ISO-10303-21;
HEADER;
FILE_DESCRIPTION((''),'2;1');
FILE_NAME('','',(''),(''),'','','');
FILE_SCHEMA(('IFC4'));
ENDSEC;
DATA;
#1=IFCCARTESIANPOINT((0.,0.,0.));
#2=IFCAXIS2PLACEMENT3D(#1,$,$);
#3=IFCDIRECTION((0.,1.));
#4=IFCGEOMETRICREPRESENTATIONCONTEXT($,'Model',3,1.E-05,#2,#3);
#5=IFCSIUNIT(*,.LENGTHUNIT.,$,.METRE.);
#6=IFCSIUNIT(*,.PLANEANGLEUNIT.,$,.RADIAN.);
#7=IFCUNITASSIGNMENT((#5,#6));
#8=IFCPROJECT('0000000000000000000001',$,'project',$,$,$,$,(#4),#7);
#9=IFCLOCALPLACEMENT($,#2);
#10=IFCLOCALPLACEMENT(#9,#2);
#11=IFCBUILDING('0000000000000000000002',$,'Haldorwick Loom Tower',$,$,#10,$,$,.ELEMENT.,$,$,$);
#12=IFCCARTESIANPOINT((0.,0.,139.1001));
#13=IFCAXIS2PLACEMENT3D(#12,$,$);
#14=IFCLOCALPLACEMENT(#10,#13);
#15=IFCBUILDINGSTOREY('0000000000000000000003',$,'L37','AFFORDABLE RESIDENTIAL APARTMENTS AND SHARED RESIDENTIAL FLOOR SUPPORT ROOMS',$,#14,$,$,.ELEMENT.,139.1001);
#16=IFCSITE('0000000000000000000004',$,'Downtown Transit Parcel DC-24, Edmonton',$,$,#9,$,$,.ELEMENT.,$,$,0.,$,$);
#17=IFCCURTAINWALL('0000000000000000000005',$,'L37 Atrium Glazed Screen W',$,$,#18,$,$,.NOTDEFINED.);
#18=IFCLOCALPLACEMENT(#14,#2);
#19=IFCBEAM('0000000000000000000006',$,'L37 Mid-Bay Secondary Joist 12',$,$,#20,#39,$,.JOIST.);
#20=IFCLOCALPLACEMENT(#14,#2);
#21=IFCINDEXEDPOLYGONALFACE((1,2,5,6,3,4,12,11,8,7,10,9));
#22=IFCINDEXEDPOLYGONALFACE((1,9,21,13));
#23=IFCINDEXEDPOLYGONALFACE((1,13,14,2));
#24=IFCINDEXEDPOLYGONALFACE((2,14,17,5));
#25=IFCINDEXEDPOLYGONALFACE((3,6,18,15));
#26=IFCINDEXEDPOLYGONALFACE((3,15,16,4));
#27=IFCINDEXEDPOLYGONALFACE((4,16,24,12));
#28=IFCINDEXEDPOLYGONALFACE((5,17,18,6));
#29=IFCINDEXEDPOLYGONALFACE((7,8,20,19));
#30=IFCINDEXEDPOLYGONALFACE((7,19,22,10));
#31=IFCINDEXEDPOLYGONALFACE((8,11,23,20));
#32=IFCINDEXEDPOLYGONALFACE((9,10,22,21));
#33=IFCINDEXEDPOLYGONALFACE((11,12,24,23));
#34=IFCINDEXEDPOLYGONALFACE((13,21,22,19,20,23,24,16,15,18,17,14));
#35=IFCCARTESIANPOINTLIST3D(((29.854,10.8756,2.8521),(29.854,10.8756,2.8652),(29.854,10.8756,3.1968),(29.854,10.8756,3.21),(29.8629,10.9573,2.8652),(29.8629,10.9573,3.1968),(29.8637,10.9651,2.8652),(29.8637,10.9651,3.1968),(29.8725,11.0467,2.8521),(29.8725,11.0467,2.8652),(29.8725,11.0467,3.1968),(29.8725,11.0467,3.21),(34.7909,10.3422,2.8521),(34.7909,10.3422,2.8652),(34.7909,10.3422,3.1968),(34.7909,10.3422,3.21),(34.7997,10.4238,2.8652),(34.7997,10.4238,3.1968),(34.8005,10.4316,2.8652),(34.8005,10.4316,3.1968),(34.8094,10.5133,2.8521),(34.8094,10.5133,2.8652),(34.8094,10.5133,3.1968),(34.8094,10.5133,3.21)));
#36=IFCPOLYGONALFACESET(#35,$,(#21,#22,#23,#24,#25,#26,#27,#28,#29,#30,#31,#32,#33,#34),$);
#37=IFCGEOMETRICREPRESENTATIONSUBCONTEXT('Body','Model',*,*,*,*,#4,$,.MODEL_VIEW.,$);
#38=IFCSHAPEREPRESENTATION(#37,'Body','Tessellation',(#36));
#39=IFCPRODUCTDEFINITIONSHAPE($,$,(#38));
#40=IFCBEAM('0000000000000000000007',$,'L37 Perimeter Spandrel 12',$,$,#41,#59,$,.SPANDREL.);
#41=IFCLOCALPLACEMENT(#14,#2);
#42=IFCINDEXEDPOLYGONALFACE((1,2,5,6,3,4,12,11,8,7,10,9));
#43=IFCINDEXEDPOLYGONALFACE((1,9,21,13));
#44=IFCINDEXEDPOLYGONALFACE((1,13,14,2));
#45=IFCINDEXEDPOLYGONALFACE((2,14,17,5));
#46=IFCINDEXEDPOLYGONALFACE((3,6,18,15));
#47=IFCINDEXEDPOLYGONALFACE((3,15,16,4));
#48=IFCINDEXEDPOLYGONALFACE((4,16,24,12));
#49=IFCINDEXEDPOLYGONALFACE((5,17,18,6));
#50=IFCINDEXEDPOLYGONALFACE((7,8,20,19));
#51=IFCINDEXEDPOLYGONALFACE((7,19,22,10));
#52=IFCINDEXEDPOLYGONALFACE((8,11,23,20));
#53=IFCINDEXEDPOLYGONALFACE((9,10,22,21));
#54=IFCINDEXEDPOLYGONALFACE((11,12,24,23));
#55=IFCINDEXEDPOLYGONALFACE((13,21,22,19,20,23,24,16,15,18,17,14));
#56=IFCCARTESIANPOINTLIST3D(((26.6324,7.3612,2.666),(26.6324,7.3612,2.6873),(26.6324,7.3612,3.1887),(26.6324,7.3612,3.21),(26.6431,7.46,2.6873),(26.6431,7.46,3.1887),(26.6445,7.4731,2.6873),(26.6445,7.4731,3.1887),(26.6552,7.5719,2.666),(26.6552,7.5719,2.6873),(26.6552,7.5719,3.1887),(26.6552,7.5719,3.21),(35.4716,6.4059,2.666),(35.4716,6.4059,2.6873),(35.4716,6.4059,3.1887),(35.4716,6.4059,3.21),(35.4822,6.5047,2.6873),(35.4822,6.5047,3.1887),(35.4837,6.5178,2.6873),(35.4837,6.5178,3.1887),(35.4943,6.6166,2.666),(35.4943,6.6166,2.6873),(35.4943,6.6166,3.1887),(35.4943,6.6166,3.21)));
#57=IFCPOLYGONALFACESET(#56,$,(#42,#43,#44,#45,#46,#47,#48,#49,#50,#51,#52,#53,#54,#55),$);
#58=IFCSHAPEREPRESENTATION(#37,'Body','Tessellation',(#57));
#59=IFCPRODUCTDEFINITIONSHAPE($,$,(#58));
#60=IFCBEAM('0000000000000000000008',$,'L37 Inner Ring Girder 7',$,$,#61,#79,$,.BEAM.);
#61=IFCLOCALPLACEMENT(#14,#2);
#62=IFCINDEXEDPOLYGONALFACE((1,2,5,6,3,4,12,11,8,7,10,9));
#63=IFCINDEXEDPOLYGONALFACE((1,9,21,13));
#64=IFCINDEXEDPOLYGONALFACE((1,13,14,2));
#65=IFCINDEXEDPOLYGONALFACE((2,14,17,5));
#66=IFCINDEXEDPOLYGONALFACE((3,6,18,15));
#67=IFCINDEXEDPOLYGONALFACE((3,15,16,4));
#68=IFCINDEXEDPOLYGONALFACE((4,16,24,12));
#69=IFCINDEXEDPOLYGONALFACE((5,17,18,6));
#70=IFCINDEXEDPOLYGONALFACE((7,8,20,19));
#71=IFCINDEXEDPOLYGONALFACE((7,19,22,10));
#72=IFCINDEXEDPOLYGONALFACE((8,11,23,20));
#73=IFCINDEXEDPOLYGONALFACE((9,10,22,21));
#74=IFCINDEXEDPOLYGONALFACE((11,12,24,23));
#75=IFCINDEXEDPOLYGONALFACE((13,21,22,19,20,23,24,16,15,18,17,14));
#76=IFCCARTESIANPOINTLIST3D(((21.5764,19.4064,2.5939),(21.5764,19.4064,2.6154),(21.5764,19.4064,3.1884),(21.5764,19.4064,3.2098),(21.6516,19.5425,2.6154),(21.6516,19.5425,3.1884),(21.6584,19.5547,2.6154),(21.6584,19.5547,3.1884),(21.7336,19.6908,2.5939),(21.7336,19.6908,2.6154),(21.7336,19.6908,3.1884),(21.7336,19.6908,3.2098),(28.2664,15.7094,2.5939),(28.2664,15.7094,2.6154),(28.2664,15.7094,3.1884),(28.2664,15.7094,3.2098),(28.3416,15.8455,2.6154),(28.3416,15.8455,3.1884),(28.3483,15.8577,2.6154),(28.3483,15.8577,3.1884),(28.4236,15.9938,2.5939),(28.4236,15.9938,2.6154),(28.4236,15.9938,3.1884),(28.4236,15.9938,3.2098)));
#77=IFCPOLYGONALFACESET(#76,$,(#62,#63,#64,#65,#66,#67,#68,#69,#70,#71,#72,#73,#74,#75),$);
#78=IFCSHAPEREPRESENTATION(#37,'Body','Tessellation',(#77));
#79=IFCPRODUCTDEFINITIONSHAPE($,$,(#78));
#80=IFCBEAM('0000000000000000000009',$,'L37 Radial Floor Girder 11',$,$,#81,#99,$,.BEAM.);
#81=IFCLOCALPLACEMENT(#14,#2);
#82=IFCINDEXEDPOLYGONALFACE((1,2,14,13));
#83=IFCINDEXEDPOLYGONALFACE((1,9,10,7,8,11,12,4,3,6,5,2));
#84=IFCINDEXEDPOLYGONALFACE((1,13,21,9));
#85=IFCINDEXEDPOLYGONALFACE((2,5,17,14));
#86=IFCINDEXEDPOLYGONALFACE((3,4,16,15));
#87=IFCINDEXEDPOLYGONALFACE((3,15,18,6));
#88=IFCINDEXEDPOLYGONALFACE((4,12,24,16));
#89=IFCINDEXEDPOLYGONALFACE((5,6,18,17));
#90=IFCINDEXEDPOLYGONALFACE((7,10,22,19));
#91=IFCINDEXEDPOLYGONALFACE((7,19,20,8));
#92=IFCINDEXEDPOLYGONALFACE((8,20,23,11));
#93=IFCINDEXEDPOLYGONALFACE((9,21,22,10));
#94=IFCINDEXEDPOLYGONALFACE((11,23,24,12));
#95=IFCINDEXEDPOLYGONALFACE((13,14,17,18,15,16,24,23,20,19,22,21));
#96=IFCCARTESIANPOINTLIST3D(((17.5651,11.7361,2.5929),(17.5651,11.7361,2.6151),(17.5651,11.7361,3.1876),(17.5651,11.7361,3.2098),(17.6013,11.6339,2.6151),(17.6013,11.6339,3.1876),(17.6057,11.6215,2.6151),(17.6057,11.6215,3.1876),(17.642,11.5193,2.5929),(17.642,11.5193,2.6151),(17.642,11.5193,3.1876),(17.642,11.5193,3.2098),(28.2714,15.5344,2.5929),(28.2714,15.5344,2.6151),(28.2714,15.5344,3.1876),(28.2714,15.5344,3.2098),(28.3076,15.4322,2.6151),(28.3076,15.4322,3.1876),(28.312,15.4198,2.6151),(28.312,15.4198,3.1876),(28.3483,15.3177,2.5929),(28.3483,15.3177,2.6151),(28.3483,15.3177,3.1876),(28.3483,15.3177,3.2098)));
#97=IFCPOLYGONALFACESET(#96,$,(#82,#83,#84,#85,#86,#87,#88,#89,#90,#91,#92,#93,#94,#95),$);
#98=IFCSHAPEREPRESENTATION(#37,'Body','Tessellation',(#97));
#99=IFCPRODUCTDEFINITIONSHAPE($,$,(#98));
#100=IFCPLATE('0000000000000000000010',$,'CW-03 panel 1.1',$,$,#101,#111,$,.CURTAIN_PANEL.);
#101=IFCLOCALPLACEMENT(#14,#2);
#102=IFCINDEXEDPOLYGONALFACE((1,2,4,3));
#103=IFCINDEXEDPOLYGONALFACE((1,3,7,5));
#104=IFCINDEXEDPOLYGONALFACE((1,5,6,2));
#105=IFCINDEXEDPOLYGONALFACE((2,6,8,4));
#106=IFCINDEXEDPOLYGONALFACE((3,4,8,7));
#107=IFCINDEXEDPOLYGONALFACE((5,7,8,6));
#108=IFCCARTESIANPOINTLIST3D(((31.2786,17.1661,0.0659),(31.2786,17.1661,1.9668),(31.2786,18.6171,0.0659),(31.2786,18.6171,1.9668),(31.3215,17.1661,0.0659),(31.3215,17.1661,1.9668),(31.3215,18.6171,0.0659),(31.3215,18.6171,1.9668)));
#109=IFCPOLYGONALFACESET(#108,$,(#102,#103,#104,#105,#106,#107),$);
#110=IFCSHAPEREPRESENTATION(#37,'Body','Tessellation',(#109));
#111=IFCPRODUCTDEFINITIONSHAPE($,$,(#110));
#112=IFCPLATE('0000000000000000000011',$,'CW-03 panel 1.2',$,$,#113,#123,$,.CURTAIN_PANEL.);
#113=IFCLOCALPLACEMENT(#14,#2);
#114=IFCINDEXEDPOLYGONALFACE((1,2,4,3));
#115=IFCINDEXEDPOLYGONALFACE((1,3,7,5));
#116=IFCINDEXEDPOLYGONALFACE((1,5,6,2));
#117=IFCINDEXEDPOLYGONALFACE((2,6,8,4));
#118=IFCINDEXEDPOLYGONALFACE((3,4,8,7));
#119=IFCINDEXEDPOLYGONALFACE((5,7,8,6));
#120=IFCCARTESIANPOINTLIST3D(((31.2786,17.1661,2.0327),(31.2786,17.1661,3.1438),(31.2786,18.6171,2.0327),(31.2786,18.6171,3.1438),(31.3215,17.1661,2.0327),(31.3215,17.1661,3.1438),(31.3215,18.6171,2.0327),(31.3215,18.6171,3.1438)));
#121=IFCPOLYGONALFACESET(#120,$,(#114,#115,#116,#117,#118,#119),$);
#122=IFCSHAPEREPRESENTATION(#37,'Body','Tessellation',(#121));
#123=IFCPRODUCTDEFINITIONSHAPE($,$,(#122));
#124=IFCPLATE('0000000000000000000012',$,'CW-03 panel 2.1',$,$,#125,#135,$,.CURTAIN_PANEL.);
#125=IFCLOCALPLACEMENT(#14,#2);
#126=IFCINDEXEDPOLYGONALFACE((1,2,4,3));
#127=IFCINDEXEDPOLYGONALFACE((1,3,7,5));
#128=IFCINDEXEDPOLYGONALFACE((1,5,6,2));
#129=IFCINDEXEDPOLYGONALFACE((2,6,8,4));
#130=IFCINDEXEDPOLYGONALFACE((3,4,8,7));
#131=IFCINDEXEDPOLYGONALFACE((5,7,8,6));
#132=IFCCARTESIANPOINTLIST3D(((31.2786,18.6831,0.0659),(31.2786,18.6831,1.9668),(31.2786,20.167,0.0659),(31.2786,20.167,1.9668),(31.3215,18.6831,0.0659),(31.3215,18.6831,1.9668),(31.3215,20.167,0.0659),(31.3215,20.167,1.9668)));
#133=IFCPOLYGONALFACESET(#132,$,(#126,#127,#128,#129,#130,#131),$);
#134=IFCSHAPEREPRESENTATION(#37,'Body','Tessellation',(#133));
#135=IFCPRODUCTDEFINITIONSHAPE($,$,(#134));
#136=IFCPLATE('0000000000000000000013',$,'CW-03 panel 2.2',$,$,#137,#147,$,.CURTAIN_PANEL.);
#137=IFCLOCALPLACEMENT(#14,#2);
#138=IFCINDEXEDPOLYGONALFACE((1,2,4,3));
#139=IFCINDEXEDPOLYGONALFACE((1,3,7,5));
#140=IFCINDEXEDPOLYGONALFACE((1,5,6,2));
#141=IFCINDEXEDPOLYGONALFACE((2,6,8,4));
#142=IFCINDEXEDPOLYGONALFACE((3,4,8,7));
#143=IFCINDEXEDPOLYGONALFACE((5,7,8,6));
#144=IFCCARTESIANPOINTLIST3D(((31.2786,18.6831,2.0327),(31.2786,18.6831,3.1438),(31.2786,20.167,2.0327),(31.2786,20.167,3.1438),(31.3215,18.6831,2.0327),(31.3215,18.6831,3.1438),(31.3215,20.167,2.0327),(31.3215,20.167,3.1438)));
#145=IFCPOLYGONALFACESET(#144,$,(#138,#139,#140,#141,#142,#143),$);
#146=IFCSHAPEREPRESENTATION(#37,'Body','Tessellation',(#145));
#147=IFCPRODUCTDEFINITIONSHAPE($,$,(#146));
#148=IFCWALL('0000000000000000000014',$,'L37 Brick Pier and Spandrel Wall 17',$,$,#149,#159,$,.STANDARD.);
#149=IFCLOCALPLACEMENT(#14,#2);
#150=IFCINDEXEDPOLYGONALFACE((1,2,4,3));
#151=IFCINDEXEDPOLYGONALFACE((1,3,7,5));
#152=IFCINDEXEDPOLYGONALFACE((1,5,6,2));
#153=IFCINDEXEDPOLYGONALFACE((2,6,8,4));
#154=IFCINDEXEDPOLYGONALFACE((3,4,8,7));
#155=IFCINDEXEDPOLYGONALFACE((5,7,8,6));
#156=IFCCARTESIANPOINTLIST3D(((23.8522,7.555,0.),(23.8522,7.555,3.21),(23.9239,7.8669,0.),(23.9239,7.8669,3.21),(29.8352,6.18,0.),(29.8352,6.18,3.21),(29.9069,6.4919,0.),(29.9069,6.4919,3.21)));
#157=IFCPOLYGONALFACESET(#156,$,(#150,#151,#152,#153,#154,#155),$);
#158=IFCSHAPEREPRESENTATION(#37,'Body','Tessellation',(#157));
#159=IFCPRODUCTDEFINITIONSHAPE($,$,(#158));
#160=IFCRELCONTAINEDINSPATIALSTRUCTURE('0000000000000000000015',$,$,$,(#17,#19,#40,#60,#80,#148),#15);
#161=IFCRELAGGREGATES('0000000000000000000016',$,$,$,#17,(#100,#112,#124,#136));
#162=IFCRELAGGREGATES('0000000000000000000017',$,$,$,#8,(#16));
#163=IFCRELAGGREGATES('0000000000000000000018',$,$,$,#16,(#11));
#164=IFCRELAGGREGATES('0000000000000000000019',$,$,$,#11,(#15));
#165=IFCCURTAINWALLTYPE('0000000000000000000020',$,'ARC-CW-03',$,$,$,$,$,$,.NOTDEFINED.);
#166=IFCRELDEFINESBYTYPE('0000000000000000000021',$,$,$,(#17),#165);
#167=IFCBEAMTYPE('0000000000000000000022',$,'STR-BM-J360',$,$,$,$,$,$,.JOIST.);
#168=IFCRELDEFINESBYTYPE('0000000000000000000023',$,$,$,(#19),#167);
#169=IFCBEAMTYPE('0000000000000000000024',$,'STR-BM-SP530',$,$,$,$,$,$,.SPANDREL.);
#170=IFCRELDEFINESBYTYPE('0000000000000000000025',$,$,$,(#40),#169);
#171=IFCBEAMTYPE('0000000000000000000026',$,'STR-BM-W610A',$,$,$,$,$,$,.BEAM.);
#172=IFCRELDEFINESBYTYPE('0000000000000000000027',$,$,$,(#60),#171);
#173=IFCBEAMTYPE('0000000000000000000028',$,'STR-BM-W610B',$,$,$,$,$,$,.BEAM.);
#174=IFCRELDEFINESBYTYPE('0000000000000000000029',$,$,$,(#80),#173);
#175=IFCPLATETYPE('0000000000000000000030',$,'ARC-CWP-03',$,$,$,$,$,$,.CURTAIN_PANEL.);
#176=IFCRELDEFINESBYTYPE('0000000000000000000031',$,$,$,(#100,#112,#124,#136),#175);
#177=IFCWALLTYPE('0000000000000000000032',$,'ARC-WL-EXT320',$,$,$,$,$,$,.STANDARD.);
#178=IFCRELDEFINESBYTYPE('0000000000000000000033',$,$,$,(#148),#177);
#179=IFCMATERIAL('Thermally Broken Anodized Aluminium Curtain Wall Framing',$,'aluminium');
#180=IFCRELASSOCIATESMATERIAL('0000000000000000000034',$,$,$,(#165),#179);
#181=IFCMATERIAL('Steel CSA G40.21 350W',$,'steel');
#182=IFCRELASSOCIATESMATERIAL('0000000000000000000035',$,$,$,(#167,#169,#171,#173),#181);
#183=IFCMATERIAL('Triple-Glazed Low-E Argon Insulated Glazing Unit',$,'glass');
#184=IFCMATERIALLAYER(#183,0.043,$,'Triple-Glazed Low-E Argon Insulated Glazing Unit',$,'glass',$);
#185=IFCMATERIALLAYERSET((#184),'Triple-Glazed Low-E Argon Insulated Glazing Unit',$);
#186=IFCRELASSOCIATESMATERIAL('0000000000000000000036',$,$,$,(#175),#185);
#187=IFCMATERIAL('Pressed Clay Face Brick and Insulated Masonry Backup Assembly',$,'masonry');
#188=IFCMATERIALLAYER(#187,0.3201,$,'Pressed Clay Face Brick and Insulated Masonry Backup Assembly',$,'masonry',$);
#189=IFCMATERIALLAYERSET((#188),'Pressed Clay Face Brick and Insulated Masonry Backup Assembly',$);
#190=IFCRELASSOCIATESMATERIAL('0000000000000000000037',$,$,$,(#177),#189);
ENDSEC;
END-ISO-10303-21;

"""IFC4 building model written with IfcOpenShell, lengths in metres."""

from ifc_helpers import new_model, si_unit, direction, frame, frame_2d, origin, origin_2d, place, context, subcontext, project, spatial, rectangle, i_section, extrude, material, layer, layer_set, material_profile, profile_set, type_object, element, aggregate, save


model = new_model("IFC4")

# Units and contexts
model_context = context("Model", 3, precision=1e-05, world=origin(), true_north=direction((0.0, 1.0)))
body_context = subcontext(model_context, "Body", "Model", "MODEL_VIEW")
ifc_project = project(units=[si_unit("LENGTHUNIT", "METRE"), si_unit("PLANEANGLEUNIT", "RADIAN")], contexts=[model_context])

# Site, building, storey
site_placement = place(None, origin())
site = spatial("IfcSite", under=ifc_project, at=site_placement, Name="Downtown Transit Parcel DC-24, Edmonton", CompositionType="ELEMENT", RefElevation=0.0)
building_placement = place(site_placement, origin())
building = spatial("IfcBuilding", under=site, at=building_placement, Name="Haldorwick Loom Tower", CompositionType="ELEMENT")
storey_placement = place(building_placement, frame((0.0, 0.0, 139.1001)))
storey = spatial("IfcBuildingStorey", under=building, at=storey_placement, Name="L37", Description="AFFORDABLE RESIDENTIAL APARTMENTS AND SHARED RESIDENTIAL FLOOR SUPPORT ROOMS", CompositionType="ELEMENT", Elevation=139.1001)

# Curtain wall
ifc_material_1 = material(Name="Thermally Broken Anodized Aluminium Curtain Wall Framing", Category="aluminium")
curtain_wall_type = type_object("IfcCurtainWallType", Name="ARC-CW-03", PredefinedType="NOTDEFINED", material=ifc_material_1)
curtain_wall_placement = place(storey_placement, origin())
curtain_wall = element("IfcCurtainWall", 1, at=curtain_wall_placement, inside=storey, type_object=curtain_wall_type, Name="L37 Atrium Glazed Screen W", PredefinedType="NOTDEFINED")

# Beams
ifc_material_2 = material(Name="Steel CSA G40.21 350W", Category="steel")
ifc_material_profile_1 = material_profile(ifc_material_2, i_section(OverallWidth=0.1721, OverallDepth=0.3579, WebThickness=0.0078, FlangeThickness=0.0132, at=origin_2d()), Name="W360X57", Category="steel")
ifc_profile_set_1 = profile_set([ifc_material_profile_1], Name="Steel CSA G40.21 350W")
beam_type_1 = type_object("IfcBeamType", Name="STR-BM-J360", PredefinedType="JOIST", material=ifc_profile_set_1)
beam_1_placement = place(storey_placement, frame((29.8633, 10.9612, 3.031), z_axis=(0.994213, -0.107431, 0.0), x_axis=(0.107431, 0.994213, 0.0)))
element("IfcBeam", 2, at=beam_1_placement, inside=storey, type_object=beam_type_1, Name="L37 Mid-Bay Secondary Joist 12", PredefinedType="JOIST", context=body_context, shape_type="SweptSolid", body=[
    extrude(i_section(OverallWidth=0.1721, OverallDepth=0.3579, WebThickness=0.0078, FlangeThickness=0.0132, at=origin_2d()), origin(), (0.0, 0.0, 1.0), 4.9656),
])
ifc_material_profile_2 = material_profile(ifc_material_2, i_section(OverallWidth=0.2119, OverallDepth=0.5439, WebThickness=0.0132, FlangeThickness=0.0212, at=origin_2d()), Name="W530X123", Category="steel")
ifc_profile_set_2 = profile_set([ifc_material_profile_2], Name="Steel CSA G40.21 350W")
beam_type_2 = type_object("IfcBeamType", Name="STR-BM-SP530", PredefinedType="SPANDREL", material=ifc_profile_set_2)
beam_2_placement = place(storey_placement, frame((26.6438, 7.4666, 2.938), z_axis=(0.99421, -0.107453, 0.0), x_axis=(0.107453, 0.99421, 0.0)))
element("IfcBeam", 3, at=beam_2_placement, inside=storey, type_object=beam_type_2, Name="L37 Perimeter Spandrel 12", PredefinedType="SPANDREL", context=body_context, shape_type="SweptSolid", body=[
    extrude(i_section(OverallWidth=0.2119, OverallDepth=0.5439, WebThickness=0.0132, FlangeThickness=0.0212, at=origin_2d()), origin(), (0.0, 0.0, 1.0), 8.8906),
])
ifc_material_profile_3 = material_profile(ifc_material_2, i_section(OverallWidth=0.325, OverallDepth=0.616, WebThickness=0.0139, FlangeThickness=0.0215, at=origin_2d()), Name="W610X174", Category="steel")
ifc_profile_set_3 = profile_set([ifc_material_profile_3], Name="Steel CSA G40.21 350W")
beam_type_3 = type_object("IfcBeamType", Name="STR-BM-W610A", PredefinedType="BEAM", material=ifc_profile_set_3)
beam_3_placement = place(storey_placement, frame((28.345, 15.8516, 2.9019), z_axis=(-0.875244, 0.483681, 0.0), x_axis=(-0.483681, -0.875244, 0.0)))
element("IfcBeam", 4, at=beam_3_placement, inside=storey, type_object=beam_type_3, Name="L37 Inner Ring Girder 7", PredefinedType="BEAM", context=body_context, shape_type="SweptSolid", body=[
    extrude(i_section(OverallWidth=0.325, OverallDepth=0.616, WebThickness=0.0139, FlangeThickness=0.0215, at=origin_2d()), origin(), (0.0, 0.0, 1.0), 7.6436),
])
ifc_material_profile_4 = material_profile(ifc_material_2, i_section(OverallWidth=0.23, OverallDepth=0.6169, WebThickness=0.0132, FlangeThickness=0.0222, at=origin_2d()), Name="W610X140", Category="steel")
ifc_profile_set_4 = profile_set([ifc_material_profile_4], Name="Steel CSA G40.21 350W")
beam_type_4 = type_object("IfcBeamType", Name="STR-BM-W610B", PredefinedType="BEAM", material=ifc_profile_set_4)
beam_4_placement = place(storey_placement, frame((28.3098, 15.426, 2.9014), z_axis=(-0.942446, -0.334358, 0.0), x_axis=(0.334358, -0.942446, 0.0)))
element("IfcBeam", 5, at=beam_4_placement, inside=storey, type_object=beam_type_4, Name="L37 Radial Floor Girder 11", PredefinedType="BEAM", context=body_context, shape_type="SweptSolid", body=[
    extrude(i_section(OverallWidth=0.23, OverallDepth=0.6169, WebThickness=0.0132, FlangeThickness=0.0222, at=origin_2d()), origin(), (0.0, 0.0, 1.0), 11.3601),
])

# Plates
ifc_material_3 = material(Name="Triple-Glazed Low-E Argon Insulated Glazing Unit", Category="glass")
ifc_layer_1 = layer(ifc_material_3, 0.043, Name="Triple-Glazed Low-E Argon Insulated Glazing Unit", Category="glass")
ifc_layer_set_1 = layer_set([ifc_layer_1], Name="Triple-Glazed Low-E Argon Insulated Glazing Unit")
plate_type = type_object("IfcPlateType", Name="ARC-CWP-03", PredefinedType="CURTAIN_PANEL", material=ifc_layer_set_1)
plate_1_placement = place(storey_placement, frame((31.3, 17.8916, 0.0659), z_axis=(0.0, 0.0, 1.0), x_axis=(0.0, 1.0, 0.0)))
plate_1 = element("IfcPlate", 6, at=plate_1_placement, type_object=plate_type, Name="CW-03 panel 1.1", PredefinedType="CURTAIN_PANEL", context=body_context, shape_type="SweptSolid", body=[
    extrude(rectangle(XDim=1.4509, YDim=0.043, at=origin_2d()), origin(), (0.0, 0.0, 1.0), 1.9009),
])
plate_2_placement = place(storey_placement, frame((31.3, 17.8916, 2.0327), z_axis=(0.0, 0.0, 1.0), x_axis=(0.0, 1.0, 0.0)))
plate_2 = element("IfcPlate", 7, at=plate_2_placement, type_object=plate_type, Name="CW-03 panel 1.2", PredefinedType="CURTAIN_PANEL", context=body_context, shape_type="SweptSolid", body=[
    extrude(rectangle(XDim=1.4509, YDim=0.043, at=origin_2d()), origin(), (0.0, 0.0, 1.0), 1.1111),
])
plate_3_placement = place(storey_placement, frame((31.3, 19.425, 0.0659), z_axis=(0.0, 0.0, 1.0), x_axis=(0.0, 1.0, 0.0)))
plate_3 = element("IfcPlate", 8, at=plate_3_placement, type_object=plate_type, Name="CW-03 panel 2.1", PredefinedType="CURTAIN_PANEL", context=body_context, shape_type="SweptSolid", body=[
    extrude(rectangle(XDim=1.4839, YDim=0.043, at=origin_2d()), origin(), (0.0, 0.0, 1.0), 1.9009),
])
plate_4_placement = place(storey_placement, frame((31.3, 19.425, 2.0327), z_axis=(0.0, 0.0, 1.0), x_axis=(0.0, 1.0, 0.0)))
plate_4 = element("IfcPlate", 9, at=plate_4_placement, type_object=plate_type, Name="CW-03 panel 2.2", PredefinedType="CURTAIN_PANEL", context=body_context, shape_type="SweptSolid", body=[
    extrude(rectangle(XDim=1.4839, YDim=0.043, at=origin_2d()), origin(), (0.0, 0.0, 1.0), 1.1111),
])
aggregate(curtain_wall, [plate_1, plate_2, plate_3, plate_4])

# Wall
ifc_material_4 = material(Name="Pressed Clay Face Brick and Insulated Masonry Backup Assembly", Category="masonry")
ifc_layer_2 = layer(ifc_material_4, 0.3201, Name="Pressed Clay Face Brick and Insulated Masonry Backup Assembly", Category="masonry")
ifc_layer_set_2 = layer_set([ifc_layer_2], Name="Pressed Clay Face Brick and Insulated Masonry Backup Assembly")
wall_type_1 = type_object("IfcWallType", Name="ARC-WL-EXT320", PredefinedType="STANDARD", material=ifc_layer_set_2)
wall_1_placement = place(storey_placement, frame((23.8882, 7.7109, 0.0), z_axis=(0.0, 0.0, 1.0), x_axis=(0.974593, -0.223982, 0.0)))
element("IfcWall", 10, at=wall_1_placement, inside=storey, type_object=wall_type_1, Name="L37 Brick Pier and Spandrel Wall 17", PredefinedType="STANDARD", context=body_context, shape_type="SweptSolid", body=[
    extrude(rectangle(XDim=6.1389, YDim=0.3201, at=frame_2d((3.0693, 0.0))), origin(), (0.0, 0.0, 1.0), 3.21),
])

save(model, "model.ifc")
